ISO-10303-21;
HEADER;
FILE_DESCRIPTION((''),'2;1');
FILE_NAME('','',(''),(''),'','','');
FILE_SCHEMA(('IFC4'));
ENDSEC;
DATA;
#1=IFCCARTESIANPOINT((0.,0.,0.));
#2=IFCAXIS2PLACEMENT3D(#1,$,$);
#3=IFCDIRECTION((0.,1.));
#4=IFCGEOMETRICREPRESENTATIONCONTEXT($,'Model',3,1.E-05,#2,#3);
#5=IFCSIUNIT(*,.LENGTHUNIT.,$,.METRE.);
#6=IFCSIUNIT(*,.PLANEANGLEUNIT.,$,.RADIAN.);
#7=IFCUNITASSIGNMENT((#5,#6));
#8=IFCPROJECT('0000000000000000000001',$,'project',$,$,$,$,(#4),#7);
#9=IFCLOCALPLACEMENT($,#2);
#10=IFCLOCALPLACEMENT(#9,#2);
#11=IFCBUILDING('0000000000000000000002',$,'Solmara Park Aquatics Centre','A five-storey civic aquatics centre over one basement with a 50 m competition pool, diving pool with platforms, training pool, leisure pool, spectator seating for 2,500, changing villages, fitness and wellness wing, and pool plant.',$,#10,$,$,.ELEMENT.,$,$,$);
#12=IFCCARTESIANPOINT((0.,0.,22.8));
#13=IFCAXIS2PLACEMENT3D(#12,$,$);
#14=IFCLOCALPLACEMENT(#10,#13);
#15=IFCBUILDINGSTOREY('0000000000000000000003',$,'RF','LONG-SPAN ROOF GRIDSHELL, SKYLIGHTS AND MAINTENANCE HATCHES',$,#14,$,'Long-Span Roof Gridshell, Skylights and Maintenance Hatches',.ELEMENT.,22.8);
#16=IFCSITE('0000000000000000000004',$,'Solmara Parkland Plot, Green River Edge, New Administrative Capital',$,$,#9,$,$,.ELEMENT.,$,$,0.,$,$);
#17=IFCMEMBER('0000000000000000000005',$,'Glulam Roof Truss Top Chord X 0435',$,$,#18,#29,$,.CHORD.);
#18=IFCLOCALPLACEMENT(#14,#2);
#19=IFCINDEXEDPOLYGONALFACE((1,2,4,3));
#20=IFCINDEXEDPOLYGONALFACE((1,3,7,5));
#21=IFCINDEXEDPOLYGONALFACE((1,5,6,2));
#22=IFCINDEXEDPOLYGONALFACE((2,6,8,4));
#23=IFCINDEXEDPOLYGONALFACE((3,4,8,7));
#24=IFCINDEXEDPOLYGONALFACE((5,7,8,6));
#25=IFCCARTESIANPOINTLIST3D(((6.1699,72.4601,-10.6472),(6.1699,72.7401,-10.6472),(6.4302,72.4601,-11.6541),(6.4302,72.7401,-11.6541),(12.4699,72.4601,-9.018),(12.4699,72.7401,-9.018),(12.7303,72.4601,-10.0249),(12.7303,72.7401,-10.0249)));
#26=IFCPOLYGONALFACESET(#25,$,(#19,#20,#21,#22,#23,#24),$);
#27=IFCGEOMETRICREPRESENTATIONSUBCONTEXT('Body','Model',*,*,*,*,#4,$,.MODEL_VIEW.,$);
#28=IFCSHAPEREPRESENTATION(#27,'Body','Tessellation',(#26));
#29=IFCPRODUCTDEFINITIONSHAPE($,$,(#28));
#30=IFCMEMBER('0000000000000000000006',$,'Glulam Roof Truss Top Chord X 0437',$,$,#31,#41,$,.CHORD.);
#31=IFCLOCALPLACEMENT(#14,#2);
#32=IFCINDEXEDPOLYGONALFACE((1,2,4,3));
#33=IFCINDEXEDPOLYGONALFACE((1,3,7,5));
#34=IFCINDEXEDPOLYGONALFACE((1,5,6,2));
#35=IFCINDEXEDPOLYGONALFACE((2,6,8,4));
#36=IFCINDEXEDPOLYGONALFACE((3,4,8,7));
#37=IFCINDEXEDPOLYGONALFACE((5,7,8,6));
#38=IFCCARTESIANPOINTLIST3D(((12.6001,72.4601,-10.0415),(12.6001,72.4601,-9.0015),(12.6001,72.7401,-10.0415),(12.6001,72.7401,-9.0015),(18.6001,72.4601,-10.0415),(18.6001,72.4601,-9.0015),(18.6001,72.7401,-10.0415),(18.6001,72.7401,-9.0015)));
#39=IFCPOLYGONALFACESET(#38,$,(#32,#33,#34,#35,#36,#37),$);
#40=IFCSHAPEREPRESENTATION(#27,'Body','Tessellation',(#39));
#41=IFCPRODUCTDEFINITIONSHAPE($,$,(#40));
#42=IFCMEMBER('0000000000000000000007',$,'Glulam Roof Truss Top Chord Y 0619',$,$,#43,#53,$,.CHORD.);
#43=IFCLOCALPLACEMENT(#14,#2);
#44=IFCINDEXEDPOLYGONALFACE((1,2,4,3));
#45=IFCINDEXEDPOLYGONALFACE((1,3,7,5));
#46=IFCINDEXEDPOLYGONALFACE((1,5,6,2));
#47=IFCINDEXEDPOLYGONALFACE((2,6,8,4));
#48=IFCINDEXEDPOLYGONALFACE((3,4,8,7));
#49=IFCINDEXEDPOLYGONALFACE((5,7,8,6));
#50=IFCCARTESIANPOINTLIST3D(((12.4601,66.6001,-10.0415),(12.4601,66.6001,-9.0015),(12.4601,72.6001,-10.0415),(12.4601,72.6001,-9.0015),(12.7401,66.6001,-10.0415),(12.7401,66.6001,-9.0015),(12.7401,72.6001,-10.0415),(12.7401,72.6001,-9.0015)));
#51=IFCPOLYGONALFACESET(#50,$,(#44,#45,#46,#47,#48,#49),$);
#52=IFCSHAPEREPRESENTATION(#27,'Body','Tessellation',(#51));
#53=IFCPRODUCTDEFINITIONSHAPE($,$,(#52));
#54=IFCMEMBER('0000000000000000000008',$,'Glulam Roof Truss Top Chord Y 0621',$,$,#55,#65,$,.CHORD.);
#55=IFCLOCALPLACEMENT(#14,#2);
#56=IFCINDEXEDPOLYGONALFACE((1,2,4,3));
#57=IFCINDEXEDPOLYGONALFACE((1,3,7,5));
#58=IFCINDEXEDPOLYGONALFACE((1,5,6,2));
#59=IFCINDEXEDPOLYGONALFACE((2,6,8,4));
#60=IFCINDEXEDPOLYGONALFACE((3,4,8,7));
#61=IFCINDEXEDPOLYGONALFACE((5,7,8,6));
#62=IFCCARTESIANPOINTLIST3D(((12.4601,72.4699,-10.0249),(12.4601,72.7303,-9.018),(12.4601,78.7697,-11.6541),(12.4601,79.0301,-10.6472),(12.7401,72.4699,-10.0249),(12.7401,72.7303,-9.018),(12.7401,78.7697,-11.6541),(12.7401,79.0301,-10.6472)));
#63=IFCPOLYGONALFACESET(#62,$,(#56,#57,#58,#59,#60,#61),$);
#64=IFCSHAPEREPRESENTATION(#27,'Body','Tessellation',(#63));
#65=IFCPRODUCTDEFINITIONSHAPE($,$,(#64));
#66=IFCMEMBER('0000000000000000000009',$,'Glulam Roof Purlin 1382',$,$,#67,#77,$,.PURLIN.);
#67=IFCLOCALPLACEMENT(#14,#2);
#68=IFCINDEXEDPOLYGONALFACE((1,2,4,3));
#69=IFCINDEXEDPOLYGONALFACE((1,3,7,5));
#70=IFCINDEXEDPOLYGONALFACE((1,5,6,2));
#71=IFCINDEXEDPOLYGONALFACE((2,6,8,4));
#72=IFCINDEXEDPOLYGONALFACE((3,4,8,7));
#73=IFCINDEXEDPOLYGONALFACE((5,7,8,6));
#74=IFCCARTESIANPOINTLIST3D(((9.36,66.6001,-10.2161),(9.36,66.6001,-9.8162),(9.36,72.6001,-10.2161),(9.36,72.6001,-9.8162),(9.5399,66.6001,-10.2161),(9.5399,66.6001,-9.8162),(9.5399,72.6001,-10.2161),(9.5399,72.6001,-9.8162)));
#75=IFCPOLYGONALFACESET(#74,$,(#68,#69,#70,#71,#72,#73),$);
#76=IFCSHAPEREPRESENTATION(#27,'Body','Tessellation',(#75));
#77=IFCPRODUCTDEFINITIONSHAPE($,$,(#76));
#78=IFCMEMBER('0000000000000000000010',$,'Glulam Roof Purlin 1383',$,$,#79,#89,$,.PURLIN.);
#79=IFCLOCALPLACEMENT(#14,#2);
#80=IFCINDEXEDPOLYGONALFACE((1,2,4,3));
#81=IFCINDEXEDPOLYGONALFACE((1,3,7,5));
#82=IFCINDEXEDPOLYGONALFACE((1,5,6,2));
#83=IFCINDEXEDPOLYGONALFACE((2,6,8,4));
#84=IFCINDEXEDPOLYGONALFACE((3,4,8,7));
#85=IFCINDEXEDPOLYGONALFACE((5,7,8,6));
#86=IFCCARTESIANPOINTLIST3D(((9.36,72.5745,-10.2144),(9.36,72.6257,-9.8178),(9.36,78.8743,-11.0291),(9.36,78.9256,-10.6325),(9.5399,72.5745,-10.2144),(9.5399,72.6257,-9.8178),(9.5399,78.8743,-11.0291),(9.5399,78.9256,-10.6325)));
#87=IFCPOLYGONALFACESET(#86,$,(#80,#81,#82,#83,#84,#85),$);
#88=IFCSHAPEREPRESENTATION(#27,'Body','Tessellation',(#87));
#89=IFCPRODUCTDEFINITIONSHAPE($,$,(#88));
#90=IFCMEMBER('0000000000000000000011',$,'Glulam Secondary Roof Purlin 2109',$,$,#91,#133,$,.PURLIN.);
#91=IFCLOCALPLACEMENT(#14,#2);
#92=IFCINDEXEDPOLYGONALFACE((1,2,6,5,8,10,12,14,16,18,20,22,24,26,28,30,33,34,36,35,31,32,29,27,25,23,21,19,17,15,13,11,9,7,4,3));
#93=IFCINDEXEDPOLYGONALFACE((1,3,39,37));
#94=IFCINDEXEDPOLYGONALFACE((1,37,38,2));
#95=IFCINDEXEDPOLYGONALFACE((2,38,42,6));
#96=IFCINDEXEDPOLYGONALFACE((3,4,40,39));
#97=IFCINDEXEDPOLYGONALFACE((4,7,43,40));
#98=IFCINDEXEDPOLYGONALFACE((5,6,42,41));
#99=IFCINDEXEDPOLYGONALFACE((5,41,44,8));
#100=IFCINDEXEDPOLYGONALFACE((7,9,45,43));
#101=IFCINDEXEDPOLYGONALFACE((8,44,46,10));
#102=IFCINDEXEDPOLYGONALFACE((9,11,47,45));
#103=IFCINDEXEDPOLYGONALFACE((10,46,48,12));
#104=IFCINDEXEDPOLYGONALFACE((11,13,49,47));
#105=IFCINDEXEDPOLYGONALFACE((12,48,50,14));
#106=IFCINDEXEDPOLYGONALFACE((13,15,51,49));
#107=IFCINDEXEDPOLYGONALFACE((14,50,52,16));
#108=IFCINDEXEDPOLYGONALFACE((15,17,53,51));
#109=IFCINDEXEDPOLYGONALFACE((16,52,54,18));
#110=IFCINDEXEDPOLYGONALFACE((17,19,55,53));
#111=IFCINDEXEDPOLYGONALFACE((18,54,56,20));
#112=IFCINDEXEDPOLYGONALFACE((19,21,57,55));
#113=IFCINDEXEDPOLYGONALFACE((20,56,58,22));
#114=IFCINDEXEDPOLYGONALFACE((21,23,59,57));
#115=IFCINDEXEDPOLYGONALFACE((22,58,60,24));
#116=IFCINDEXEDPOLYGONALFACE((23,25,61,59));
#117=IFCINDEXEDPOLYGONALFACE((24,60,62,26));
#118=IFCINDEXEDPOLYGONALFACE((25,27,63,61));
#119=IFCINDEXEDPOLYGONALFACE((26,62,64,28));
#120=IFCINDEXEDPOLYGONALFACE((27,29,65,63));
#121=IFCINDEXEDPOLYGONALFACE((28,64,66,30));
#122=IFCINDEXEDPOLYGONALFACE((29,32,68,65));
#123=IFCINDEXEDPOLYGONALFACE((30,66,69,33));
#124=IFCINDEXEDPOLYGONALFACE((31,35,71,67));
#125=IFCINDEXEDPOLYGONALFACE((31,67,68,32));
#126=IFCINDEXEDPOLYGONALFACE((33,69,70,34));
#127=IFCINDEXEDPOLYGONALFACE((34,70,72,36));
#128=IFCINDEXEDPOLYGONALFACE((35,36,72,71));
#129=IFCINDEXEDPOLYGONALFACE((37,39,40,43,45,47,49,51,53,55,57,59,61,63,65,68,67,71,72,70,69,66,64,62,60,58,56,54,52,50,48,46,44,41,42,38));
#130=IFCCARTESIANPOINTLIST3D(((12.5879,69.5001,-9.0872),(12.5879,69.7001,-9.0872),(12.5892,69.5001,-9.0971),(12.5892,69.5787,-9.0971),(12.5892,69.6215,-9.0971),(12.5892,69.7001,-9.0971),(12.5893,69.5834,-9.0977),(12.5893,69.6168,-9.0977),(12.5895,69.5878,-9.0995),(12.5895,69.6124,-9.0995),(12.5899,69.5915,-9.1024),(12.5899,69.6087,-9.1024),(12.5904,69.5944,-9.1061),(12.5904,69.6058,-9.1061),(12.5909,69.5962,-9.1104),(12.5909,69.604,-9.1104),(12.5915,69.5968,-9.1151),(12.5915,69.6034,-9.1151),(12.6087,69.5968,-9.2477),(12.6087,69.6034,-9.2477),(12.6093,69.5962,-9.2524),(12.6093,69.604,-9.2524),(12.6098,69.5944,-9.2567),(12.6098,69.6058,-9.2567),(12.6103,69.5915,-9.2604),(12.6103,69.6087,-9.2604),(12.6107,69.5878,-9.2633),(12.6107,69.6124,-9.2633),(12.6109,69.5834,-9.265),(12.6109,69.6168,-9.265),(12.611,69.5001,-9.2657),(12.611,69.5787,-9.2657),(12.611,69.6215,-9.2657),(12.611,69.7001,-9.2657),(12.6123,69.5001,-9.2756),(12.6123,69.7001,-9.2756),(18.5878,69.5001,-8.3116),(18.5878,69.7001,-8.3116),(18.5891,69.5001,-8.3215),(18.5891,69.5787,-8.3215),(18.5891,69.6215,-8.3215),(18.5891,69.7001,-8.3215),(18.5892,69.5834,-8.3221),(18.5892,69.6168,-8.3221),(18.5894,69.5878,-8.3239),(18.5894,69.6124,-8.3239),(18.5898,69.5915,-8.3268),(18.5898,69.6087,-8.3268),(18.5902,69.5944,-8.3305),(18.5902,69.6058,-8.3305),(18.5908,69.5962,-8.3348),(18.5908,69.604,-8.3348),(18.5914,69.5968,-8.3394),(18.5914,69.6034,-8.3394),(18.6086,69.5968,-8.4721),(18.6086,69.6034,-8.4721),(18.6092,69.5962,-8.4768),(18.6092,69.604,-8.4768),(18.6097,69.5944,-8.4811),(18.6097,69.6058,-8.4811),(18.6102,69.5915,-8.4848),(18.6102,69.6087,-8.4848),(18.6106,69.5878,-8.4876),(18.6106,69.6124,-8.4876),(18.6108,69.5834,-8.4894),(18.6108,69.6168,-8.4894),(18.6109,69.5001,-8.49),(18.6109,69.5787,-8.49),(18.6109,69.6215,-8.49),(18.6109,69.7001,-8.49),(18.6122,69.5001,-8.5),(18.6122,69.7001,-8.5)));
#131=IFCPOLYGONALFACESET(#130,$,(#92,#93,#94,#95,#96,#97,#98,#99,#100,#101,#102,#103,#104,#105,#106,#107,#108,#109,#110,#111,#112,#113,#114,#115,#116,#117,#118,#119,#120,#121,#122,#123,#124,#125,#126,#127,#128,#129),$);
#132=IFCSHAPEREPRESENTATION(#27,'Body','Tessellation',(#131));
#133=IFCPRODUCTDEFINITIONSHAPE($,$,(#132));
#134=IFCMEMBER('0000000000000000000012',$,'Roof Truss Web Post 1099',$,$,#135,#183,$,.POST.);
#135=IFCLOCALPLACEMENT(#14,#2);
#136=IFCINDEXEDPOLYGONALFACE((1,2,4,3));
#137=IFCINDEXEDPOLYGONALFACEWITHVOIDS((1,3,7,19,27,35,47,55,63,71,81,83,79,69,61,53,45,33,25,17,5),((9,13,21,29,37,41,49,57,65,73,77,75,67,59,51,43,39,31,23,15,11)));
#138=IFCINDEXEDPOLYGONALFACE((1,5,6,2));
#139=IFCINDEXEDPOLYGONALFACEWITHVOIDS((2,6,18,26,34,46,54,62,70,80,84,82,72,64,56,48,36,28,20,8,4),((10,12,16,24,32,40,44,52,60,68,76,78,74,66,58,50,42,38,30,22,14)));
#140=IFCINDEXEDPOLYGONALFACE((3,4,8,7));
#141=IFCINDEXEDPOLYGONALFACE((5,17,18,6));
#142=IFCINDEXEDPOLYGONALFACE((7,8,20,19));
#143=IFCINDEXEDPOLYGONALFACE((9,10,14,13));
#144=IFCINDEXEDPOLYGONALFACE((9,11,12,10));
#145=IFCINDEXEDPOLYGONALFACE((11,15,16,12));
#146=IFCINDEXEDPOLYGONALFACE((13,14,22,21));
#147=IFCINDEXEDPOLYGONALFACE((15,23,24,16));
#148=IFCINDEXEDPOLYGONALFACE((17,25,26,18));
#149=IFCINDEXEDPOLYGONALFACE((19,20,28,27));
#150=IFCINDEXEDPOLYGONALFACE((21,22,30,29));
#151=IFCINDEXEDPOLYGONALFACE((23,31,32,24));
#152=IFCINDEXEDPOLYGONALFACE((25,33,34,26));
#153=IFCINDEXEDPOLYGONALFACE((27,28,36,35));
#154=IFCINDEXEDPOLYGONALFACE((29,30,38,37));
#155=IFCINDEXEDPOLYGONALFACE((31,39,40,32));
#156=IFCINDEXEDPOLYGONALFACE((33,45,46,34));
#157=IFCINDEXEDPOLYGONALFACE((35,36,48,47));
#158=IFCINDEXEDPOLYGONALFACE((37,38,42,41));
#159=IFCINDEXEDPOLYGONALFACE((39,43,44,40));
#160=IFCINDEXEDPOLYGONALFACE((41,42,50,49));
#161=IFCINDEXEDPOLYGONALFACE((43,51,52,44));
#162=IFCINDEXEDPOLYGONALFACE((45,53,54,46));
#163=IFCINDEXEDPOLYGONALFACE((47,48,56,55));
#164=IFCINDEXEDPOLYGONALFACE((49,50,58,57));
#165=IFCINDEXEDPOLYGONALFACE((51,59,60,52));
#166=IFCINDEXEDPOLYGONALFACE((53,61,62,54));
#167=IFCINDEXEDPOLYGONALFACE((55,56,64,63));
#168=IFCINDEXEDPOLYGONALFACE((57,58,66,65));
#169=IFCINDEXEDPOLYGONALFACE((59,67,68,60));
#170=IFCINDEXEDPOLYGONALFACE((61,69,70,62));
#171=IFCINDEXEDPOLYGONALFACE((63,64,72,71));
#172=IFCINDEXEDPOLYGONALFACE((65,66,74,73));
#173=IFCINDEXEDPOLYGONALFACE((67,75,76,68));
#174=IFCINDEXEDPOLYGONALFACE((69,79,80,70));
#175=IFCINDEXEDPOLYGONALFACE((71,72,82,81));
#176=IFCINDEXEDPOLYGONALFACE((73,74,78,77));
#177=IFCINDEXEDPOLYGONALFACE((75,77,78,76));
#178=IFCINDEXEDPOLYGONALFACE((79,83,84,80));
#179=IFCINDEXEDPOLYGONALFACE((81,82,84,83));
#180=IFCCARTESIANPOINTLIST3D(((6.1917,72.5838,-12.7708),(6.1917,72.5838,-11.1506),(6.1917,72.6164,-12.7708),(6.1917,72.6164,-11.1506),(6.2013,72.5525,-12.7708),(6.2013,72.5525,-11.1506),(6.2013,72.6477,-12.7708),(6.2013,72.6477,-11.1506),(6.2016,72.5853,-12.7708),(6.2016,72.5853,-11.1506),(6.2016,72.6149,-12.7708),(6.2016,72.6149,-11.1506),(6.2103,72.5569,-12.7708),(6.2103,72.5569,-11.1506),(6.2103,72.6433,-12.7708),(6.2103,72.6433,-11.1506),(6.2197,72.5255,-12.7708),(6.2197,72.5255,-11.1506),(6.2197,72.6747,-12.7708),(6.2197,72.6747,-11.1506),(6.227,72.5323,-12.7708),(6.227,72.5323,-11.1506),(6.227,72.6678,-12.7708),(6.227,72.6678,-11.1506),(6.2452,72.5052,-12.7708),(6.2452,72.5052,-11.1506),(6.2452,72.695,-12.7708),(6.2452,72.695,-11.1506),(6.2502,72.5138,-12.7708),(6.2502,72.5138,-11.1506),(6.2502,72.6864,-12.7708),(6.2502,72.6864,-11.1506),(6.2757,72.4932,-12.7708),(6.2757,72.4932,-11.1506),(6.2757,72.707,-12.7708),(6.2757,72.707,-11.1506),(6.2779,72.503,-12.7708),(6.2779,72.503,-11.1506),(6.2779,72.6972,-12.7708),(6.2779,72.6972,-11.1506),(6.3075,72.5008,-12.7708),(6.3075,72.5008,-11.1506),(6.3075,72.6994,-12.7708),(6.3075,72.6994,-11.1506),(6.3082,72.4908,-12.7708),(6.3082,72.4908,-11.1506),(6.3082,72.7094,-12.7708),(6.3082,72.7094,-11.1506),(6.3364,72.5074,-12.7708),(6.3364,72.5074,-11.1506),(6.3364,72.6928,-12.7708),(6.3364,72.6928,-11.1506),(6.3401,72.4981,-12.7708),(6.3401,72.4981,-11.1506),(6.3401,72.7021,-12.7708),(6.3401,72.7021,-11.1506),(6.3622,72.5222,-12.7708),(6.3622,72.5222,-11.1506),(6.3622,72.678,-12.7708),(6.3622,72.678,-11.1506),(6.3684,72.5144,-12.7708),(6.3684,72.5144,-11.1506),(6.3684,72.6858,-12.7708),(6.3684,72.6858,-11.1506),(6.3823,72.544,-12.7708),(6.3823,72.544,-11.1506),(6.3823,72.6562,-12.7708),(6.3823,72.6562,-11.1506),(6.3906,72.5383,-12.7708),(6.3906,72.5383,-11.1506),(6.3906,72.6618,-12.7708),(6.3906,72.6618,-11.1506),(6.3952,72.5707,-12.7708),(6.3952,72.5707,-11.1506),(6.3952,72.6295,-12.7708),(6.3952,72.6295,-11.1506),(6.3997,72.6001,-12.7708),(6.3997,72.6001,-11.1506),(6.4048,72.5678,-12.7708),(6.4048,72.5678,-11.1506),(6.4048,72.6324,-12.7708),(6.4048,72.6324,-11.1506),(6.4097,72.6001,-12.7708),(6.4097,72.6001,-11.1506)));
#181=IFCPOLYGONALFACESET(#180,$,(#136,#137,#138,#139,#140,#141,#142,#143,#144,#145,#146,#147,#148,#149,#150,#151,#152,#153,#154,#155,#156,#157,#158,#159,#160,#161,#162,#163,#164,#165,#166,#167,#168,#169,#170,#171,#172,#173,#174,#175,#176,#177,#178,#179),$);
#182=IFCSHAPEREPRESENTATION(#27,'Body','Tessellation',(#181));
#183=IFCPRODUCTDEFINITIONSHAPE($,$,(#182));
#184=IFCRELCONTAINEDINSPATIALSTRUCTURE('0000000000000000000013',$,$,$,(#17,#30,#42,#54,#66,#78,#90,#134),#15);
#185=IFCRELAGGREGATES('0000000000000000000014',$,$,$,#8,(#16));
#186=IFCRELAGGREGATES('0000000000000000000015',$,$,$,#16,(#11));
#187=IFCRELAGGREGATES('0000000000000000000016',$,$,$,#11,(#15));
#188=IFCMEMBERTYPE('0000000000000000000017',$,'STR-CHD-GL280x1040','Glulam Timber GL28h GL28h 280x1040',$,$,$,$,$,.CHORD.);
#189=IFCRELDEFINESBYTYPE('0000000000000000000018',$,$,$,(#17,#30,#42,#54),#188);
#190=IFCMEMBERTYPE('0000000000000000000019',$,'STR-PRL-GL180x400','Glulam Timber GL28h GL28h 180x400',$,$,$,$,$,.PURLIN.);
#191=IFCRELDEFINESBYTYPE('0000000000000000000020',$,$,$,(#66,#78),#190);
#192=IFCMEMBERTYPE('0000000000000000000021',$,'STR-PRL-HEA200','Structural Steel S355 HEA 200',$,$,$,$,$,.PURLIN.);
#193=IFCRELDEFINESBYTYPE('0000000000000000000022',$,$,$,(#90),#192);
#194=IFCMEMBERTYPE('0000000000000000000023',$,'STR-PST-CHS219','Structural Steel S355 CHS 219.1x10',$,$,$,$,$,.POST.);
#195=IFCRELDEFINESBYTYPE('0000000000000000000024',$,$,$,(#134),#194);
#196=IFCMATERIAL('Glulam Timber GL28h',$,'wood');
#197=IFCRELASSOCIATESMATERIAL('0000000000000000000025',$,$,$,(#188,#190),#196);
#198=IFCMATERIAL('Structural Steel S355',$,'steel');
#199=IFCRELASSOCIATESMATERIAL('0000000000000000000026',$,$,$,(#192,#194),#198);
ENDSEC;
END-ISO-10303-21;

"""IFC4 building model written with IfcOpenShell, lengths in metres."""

from ifc_helpers import new_model, si_unit, direction, frame, origin, origin_2d, place, context, subcontext, project, spatial, rectangle, hollow_circle, i_section, extrude, material, material_profile, profile_set, type_object, element, save


model = new_model("IFC4")

# Units and contexts
model_context = context("Model", 3, precision=1e-05, world=origin(), true_north=direction((0.0, 1.0)))
body_context = subcontext(model_context, "Body", "Model", "MODEL_VIEW")
ifc_project = project(units=[si_unit("LENGTHUNIT", "METRE"), si_unit("PLANEANGLEUNIT", "RADIAN")], contexts=[model_context])

# Site, building, storey
site_placement = place(None, origin())
site = spatial("IfcSite", under=ifc_project, at=site_placement, Name="Solmara Parkland Plot, Green River Edge, New Administrative Capital", CompositionType="ELEMENT", RefElevation=0.0)
building_placement = place(site_placement, origin())
building = spatial("IfcBuilding", under=site, at=building_placement, Name="Solmara Park Aquatics Centre", Description="A five-storey civic aquatics centre over one basement with a 50 m competition pool, diving pool with platforms, training pool, leisure pool, spectator seating for 2,500, changing villages, fitness and wellness wing, and pool plant.", CompositionType="ELEMENT")
storey_placement = place(building_placement, frame((0.0, 0.0, 22.8)))
storey = spatial("IfcBuildingStorey", under=building, at=storey_placement, Name="RF", Description="LONG-SPAN ROOF GRIDSHELL, SKYLIGHTS AND MAINTENANCE HATCHES", LongName="Long-Span Roof Gridshell, Skylights and Maintenance Hatches", CompositionType="ELEMENT", Elevation=22.8)

# Members
ifc_material_1 = material(Name="Structural Steel S355", Category="steel")
ifc_material_2 = material(Name="Glulam Timber GL28h", Category="wood")
ifc_material_profile_1 = material_profile(ifc_material_2, rectangle(XDim=0.28, YDim=1.04, at=origin_2d()), Name="GL28h 280x1040")
ifc_profile_set_1 = profile_set([ifc_material_profile_1], Name="Glulam Timber GL28h")
member_type_1 = type_object("IfcMemberType", Name="STR-CHD-GL280x1040", Description="Glulam Timber GL28h GL28h 280x1040", PredefinedType="CHORD", material=ifc_profile_set_1)
member_1_placement = place(storey_placement, frame((6.3, 72.6001, -11.1506), z_axis=(0.968153, 0.0, 0.250358), x_axis=(0.0, 1.0, 0.0)))
element("IfcMember", 1, at=member_1_placement, inside=storey, type_object=member_type_1, Name="Glulam Roof Truss Top Chord X 0435", PredefinedType="CHORD", context=body_context, shape_type="SweptSolid", body=[
    extrude(rectangle(XDim=0.28, YDim=1.04, at=origin_2d()), origin(), (0.0, 0.0, 1.0), 6.5073),
])
for number, where, z_axis, x_axis, name in (
    (2, (12.6001, 72.6001, -9.5215), (1.0, 0.0, 0.0), (0.0, 1.0, 0.0), "Glulam Roof Truss Top Chord X 0437"),
    (3, (12.6001, 66.6001, -9.5215), (0.0, 1.0, 0.0), (-1.0, 0.0, 0.0), "Glulam Roof Truss Top Chord Y 0619"),
):
    element("IfcMember", number, at=place(storey_placement, frame(where, z_axis=z_axis, x_axis=x_axis)), inside=storey, type_object=member_type_1, Name=name, PredefinedType="CHORD", context=body_context, shape_type="SweptSolid", body=[
        extrude(rectangle(XDim=0.28, YDim=1.04, at=origin_2d()), origin(), (0.0, 0.0, 1.0), 6.0),
    ])
member_2_placement = place(storey_placement, frame((12.6001, 72.6001, -9.5215), z_axis=(0.0, 0.968151, -0.250367), x_axis=(-1.0, 0.0, 0.0)))
element("IfcMember", 4, at=member_2_placement, inside=storey, type_object=member_type_1, Name="Glulam Roof Truss Top Chord Y 0621", PredefinedType="CHORD", context=body_context, shape_type="SweptSolid", body=[
    extrude(rectangle(XDim=0.28, YDim=1.04, at=origin_2d()), origin(), (0.0, 0.0, 1.0), 6.5071),
])
ifc_material_profile_2 = material_profile(ifc_material_2, rectangle(XDim=0.1799, YDim=0.3999, at=origin_2d()), Name="GL28h 180x400")
ifc_profile_set_2 = profile_set([ifc_material_profile_2], Name="Glulam Timber GL28h")
member_type_2 = type_object("IfcMemberType", Name="STR-PRL-GL180x400", Description="Glulam Timber GL28h GL28h 180x400", PredefinedType="PURLIN", material=ifc_profile_set_2)
member_3_placement = place(storey_placement, frame((9.45, 66.6001, -10.0161), z_axis=(0.0, 1.0, 0.0), x_axis=(-1.0, 0.0, 0.0)))
element("IfcMember", 5, at=member_3_placement, inside=storey, type_object=member_type_2, Name="Glulam Roof Purlin 1382", PredefinedType="PURLIN", context=body_context, shape_type="SweptSolid", body=[
    extrude(rectangle(XDim=0.1799, YDim=0.3999, at=origin_2d()), origin(), (0.0, 0.0, 1.0), 6.0),
])
member_4_placement = place(storey_placement, frame((9.45, 72.6001, -10.0161), z_axis=(0.0, 0.991741, -0.128253), x_axis=(-1.0, 0.0, 0.0)))
element("IfcMember", 6, at=member_4_placement, inside=storey, type_object=member_type_2, Name="Glulam Roof Purlin 1383", PredefinedType="PURLIN", context=body_context, shape_type="SweptSolid", body=[
    extrude(rectangle(XDim=0.1799, YDim=0.3999, at=origin_2d()), origin(), (0.0, 0.0, 1.0), 6.3523),
])
ifc_material_profile_3 = material_profile(ifc_material_1, i_section(OverallWidth=0.2, OverallDepth=0.1899, WebThickness=0.0066, FlangeThickness=0.01, FilletRadius=0.0181, at=origin_2d()), Name="HEA 200")
ifc_profile_set_3 = profile_set([ifc_material_profile_3], Name="Structural Steel S355")
member_type_3 = type_object("IfcMemberType", Name="STR-PRL-HEA200", Description="Structural Steel S355 HEA 200", PredefinedType="PURLIN", material=ifc_profile_set_3)
member_5_placement = place(storey_placement, frame((12.6001, 69.6001, -9.1814), z_axis=(0.991748, 0.0, 0.128206), x_axis=(0.0, 1.0, 0.0)))
element("IfcMember", 7, at=member_5_placement, inside=storey, type_object=member_type_3, Name="Glulam Secondary Roof Purlin 2109", PredefinedType="PURLIN", context=body_context, shape_type="SweptSolid", body=[
    extrude(i_section(OverallWidth=0.2, OverallDepth=0.1899, WebThickness=0.0066, FlangeThickness=0.01, FilletRadius=0.0181, at=origin_2d()), origin(), (0.0, 0.0, 1.0), 6.0498),
])
ifc_material_profile_4 = material_profile(ifc_material_1, hollow_circle(Radius=0.1096, WallThickness=0.01, at=origin_2d()), Name="CHS 219.1x10")
ifc_profile_set_4 = profile_set([ifc_material_profile_4], Name="Structural Steel S355")
member_type_4 = type_object("IfcMemberType", Name="STR-PST-CHS219", Description="Structural Steel S355 CHS 219.1x10", PredefinedType="POST", material=ifc_profile_set_4)
member_6_placement = place(storey_placement, frame((6.3, 72.6001, -12.7708), z_axis=(0.0, 0.0, 1.0), x_axis=(1.0, 0.0, 0.0)))
element("IfcMember", 8, at=member_6_placement, inside=storey, type_object=member_type_4, Name="Roof Truss Web Post 1099", PredefinedType="POST", context=body_context, shape_type="SweptSolid", body=[
    extrude(hollow_circle(Radius=0.1096, WallThickness=0.01, at=origin_2d()), origin(), (0.0, 0.0, 1.0), 1.6201),
])

save(model, "model.ifc")
